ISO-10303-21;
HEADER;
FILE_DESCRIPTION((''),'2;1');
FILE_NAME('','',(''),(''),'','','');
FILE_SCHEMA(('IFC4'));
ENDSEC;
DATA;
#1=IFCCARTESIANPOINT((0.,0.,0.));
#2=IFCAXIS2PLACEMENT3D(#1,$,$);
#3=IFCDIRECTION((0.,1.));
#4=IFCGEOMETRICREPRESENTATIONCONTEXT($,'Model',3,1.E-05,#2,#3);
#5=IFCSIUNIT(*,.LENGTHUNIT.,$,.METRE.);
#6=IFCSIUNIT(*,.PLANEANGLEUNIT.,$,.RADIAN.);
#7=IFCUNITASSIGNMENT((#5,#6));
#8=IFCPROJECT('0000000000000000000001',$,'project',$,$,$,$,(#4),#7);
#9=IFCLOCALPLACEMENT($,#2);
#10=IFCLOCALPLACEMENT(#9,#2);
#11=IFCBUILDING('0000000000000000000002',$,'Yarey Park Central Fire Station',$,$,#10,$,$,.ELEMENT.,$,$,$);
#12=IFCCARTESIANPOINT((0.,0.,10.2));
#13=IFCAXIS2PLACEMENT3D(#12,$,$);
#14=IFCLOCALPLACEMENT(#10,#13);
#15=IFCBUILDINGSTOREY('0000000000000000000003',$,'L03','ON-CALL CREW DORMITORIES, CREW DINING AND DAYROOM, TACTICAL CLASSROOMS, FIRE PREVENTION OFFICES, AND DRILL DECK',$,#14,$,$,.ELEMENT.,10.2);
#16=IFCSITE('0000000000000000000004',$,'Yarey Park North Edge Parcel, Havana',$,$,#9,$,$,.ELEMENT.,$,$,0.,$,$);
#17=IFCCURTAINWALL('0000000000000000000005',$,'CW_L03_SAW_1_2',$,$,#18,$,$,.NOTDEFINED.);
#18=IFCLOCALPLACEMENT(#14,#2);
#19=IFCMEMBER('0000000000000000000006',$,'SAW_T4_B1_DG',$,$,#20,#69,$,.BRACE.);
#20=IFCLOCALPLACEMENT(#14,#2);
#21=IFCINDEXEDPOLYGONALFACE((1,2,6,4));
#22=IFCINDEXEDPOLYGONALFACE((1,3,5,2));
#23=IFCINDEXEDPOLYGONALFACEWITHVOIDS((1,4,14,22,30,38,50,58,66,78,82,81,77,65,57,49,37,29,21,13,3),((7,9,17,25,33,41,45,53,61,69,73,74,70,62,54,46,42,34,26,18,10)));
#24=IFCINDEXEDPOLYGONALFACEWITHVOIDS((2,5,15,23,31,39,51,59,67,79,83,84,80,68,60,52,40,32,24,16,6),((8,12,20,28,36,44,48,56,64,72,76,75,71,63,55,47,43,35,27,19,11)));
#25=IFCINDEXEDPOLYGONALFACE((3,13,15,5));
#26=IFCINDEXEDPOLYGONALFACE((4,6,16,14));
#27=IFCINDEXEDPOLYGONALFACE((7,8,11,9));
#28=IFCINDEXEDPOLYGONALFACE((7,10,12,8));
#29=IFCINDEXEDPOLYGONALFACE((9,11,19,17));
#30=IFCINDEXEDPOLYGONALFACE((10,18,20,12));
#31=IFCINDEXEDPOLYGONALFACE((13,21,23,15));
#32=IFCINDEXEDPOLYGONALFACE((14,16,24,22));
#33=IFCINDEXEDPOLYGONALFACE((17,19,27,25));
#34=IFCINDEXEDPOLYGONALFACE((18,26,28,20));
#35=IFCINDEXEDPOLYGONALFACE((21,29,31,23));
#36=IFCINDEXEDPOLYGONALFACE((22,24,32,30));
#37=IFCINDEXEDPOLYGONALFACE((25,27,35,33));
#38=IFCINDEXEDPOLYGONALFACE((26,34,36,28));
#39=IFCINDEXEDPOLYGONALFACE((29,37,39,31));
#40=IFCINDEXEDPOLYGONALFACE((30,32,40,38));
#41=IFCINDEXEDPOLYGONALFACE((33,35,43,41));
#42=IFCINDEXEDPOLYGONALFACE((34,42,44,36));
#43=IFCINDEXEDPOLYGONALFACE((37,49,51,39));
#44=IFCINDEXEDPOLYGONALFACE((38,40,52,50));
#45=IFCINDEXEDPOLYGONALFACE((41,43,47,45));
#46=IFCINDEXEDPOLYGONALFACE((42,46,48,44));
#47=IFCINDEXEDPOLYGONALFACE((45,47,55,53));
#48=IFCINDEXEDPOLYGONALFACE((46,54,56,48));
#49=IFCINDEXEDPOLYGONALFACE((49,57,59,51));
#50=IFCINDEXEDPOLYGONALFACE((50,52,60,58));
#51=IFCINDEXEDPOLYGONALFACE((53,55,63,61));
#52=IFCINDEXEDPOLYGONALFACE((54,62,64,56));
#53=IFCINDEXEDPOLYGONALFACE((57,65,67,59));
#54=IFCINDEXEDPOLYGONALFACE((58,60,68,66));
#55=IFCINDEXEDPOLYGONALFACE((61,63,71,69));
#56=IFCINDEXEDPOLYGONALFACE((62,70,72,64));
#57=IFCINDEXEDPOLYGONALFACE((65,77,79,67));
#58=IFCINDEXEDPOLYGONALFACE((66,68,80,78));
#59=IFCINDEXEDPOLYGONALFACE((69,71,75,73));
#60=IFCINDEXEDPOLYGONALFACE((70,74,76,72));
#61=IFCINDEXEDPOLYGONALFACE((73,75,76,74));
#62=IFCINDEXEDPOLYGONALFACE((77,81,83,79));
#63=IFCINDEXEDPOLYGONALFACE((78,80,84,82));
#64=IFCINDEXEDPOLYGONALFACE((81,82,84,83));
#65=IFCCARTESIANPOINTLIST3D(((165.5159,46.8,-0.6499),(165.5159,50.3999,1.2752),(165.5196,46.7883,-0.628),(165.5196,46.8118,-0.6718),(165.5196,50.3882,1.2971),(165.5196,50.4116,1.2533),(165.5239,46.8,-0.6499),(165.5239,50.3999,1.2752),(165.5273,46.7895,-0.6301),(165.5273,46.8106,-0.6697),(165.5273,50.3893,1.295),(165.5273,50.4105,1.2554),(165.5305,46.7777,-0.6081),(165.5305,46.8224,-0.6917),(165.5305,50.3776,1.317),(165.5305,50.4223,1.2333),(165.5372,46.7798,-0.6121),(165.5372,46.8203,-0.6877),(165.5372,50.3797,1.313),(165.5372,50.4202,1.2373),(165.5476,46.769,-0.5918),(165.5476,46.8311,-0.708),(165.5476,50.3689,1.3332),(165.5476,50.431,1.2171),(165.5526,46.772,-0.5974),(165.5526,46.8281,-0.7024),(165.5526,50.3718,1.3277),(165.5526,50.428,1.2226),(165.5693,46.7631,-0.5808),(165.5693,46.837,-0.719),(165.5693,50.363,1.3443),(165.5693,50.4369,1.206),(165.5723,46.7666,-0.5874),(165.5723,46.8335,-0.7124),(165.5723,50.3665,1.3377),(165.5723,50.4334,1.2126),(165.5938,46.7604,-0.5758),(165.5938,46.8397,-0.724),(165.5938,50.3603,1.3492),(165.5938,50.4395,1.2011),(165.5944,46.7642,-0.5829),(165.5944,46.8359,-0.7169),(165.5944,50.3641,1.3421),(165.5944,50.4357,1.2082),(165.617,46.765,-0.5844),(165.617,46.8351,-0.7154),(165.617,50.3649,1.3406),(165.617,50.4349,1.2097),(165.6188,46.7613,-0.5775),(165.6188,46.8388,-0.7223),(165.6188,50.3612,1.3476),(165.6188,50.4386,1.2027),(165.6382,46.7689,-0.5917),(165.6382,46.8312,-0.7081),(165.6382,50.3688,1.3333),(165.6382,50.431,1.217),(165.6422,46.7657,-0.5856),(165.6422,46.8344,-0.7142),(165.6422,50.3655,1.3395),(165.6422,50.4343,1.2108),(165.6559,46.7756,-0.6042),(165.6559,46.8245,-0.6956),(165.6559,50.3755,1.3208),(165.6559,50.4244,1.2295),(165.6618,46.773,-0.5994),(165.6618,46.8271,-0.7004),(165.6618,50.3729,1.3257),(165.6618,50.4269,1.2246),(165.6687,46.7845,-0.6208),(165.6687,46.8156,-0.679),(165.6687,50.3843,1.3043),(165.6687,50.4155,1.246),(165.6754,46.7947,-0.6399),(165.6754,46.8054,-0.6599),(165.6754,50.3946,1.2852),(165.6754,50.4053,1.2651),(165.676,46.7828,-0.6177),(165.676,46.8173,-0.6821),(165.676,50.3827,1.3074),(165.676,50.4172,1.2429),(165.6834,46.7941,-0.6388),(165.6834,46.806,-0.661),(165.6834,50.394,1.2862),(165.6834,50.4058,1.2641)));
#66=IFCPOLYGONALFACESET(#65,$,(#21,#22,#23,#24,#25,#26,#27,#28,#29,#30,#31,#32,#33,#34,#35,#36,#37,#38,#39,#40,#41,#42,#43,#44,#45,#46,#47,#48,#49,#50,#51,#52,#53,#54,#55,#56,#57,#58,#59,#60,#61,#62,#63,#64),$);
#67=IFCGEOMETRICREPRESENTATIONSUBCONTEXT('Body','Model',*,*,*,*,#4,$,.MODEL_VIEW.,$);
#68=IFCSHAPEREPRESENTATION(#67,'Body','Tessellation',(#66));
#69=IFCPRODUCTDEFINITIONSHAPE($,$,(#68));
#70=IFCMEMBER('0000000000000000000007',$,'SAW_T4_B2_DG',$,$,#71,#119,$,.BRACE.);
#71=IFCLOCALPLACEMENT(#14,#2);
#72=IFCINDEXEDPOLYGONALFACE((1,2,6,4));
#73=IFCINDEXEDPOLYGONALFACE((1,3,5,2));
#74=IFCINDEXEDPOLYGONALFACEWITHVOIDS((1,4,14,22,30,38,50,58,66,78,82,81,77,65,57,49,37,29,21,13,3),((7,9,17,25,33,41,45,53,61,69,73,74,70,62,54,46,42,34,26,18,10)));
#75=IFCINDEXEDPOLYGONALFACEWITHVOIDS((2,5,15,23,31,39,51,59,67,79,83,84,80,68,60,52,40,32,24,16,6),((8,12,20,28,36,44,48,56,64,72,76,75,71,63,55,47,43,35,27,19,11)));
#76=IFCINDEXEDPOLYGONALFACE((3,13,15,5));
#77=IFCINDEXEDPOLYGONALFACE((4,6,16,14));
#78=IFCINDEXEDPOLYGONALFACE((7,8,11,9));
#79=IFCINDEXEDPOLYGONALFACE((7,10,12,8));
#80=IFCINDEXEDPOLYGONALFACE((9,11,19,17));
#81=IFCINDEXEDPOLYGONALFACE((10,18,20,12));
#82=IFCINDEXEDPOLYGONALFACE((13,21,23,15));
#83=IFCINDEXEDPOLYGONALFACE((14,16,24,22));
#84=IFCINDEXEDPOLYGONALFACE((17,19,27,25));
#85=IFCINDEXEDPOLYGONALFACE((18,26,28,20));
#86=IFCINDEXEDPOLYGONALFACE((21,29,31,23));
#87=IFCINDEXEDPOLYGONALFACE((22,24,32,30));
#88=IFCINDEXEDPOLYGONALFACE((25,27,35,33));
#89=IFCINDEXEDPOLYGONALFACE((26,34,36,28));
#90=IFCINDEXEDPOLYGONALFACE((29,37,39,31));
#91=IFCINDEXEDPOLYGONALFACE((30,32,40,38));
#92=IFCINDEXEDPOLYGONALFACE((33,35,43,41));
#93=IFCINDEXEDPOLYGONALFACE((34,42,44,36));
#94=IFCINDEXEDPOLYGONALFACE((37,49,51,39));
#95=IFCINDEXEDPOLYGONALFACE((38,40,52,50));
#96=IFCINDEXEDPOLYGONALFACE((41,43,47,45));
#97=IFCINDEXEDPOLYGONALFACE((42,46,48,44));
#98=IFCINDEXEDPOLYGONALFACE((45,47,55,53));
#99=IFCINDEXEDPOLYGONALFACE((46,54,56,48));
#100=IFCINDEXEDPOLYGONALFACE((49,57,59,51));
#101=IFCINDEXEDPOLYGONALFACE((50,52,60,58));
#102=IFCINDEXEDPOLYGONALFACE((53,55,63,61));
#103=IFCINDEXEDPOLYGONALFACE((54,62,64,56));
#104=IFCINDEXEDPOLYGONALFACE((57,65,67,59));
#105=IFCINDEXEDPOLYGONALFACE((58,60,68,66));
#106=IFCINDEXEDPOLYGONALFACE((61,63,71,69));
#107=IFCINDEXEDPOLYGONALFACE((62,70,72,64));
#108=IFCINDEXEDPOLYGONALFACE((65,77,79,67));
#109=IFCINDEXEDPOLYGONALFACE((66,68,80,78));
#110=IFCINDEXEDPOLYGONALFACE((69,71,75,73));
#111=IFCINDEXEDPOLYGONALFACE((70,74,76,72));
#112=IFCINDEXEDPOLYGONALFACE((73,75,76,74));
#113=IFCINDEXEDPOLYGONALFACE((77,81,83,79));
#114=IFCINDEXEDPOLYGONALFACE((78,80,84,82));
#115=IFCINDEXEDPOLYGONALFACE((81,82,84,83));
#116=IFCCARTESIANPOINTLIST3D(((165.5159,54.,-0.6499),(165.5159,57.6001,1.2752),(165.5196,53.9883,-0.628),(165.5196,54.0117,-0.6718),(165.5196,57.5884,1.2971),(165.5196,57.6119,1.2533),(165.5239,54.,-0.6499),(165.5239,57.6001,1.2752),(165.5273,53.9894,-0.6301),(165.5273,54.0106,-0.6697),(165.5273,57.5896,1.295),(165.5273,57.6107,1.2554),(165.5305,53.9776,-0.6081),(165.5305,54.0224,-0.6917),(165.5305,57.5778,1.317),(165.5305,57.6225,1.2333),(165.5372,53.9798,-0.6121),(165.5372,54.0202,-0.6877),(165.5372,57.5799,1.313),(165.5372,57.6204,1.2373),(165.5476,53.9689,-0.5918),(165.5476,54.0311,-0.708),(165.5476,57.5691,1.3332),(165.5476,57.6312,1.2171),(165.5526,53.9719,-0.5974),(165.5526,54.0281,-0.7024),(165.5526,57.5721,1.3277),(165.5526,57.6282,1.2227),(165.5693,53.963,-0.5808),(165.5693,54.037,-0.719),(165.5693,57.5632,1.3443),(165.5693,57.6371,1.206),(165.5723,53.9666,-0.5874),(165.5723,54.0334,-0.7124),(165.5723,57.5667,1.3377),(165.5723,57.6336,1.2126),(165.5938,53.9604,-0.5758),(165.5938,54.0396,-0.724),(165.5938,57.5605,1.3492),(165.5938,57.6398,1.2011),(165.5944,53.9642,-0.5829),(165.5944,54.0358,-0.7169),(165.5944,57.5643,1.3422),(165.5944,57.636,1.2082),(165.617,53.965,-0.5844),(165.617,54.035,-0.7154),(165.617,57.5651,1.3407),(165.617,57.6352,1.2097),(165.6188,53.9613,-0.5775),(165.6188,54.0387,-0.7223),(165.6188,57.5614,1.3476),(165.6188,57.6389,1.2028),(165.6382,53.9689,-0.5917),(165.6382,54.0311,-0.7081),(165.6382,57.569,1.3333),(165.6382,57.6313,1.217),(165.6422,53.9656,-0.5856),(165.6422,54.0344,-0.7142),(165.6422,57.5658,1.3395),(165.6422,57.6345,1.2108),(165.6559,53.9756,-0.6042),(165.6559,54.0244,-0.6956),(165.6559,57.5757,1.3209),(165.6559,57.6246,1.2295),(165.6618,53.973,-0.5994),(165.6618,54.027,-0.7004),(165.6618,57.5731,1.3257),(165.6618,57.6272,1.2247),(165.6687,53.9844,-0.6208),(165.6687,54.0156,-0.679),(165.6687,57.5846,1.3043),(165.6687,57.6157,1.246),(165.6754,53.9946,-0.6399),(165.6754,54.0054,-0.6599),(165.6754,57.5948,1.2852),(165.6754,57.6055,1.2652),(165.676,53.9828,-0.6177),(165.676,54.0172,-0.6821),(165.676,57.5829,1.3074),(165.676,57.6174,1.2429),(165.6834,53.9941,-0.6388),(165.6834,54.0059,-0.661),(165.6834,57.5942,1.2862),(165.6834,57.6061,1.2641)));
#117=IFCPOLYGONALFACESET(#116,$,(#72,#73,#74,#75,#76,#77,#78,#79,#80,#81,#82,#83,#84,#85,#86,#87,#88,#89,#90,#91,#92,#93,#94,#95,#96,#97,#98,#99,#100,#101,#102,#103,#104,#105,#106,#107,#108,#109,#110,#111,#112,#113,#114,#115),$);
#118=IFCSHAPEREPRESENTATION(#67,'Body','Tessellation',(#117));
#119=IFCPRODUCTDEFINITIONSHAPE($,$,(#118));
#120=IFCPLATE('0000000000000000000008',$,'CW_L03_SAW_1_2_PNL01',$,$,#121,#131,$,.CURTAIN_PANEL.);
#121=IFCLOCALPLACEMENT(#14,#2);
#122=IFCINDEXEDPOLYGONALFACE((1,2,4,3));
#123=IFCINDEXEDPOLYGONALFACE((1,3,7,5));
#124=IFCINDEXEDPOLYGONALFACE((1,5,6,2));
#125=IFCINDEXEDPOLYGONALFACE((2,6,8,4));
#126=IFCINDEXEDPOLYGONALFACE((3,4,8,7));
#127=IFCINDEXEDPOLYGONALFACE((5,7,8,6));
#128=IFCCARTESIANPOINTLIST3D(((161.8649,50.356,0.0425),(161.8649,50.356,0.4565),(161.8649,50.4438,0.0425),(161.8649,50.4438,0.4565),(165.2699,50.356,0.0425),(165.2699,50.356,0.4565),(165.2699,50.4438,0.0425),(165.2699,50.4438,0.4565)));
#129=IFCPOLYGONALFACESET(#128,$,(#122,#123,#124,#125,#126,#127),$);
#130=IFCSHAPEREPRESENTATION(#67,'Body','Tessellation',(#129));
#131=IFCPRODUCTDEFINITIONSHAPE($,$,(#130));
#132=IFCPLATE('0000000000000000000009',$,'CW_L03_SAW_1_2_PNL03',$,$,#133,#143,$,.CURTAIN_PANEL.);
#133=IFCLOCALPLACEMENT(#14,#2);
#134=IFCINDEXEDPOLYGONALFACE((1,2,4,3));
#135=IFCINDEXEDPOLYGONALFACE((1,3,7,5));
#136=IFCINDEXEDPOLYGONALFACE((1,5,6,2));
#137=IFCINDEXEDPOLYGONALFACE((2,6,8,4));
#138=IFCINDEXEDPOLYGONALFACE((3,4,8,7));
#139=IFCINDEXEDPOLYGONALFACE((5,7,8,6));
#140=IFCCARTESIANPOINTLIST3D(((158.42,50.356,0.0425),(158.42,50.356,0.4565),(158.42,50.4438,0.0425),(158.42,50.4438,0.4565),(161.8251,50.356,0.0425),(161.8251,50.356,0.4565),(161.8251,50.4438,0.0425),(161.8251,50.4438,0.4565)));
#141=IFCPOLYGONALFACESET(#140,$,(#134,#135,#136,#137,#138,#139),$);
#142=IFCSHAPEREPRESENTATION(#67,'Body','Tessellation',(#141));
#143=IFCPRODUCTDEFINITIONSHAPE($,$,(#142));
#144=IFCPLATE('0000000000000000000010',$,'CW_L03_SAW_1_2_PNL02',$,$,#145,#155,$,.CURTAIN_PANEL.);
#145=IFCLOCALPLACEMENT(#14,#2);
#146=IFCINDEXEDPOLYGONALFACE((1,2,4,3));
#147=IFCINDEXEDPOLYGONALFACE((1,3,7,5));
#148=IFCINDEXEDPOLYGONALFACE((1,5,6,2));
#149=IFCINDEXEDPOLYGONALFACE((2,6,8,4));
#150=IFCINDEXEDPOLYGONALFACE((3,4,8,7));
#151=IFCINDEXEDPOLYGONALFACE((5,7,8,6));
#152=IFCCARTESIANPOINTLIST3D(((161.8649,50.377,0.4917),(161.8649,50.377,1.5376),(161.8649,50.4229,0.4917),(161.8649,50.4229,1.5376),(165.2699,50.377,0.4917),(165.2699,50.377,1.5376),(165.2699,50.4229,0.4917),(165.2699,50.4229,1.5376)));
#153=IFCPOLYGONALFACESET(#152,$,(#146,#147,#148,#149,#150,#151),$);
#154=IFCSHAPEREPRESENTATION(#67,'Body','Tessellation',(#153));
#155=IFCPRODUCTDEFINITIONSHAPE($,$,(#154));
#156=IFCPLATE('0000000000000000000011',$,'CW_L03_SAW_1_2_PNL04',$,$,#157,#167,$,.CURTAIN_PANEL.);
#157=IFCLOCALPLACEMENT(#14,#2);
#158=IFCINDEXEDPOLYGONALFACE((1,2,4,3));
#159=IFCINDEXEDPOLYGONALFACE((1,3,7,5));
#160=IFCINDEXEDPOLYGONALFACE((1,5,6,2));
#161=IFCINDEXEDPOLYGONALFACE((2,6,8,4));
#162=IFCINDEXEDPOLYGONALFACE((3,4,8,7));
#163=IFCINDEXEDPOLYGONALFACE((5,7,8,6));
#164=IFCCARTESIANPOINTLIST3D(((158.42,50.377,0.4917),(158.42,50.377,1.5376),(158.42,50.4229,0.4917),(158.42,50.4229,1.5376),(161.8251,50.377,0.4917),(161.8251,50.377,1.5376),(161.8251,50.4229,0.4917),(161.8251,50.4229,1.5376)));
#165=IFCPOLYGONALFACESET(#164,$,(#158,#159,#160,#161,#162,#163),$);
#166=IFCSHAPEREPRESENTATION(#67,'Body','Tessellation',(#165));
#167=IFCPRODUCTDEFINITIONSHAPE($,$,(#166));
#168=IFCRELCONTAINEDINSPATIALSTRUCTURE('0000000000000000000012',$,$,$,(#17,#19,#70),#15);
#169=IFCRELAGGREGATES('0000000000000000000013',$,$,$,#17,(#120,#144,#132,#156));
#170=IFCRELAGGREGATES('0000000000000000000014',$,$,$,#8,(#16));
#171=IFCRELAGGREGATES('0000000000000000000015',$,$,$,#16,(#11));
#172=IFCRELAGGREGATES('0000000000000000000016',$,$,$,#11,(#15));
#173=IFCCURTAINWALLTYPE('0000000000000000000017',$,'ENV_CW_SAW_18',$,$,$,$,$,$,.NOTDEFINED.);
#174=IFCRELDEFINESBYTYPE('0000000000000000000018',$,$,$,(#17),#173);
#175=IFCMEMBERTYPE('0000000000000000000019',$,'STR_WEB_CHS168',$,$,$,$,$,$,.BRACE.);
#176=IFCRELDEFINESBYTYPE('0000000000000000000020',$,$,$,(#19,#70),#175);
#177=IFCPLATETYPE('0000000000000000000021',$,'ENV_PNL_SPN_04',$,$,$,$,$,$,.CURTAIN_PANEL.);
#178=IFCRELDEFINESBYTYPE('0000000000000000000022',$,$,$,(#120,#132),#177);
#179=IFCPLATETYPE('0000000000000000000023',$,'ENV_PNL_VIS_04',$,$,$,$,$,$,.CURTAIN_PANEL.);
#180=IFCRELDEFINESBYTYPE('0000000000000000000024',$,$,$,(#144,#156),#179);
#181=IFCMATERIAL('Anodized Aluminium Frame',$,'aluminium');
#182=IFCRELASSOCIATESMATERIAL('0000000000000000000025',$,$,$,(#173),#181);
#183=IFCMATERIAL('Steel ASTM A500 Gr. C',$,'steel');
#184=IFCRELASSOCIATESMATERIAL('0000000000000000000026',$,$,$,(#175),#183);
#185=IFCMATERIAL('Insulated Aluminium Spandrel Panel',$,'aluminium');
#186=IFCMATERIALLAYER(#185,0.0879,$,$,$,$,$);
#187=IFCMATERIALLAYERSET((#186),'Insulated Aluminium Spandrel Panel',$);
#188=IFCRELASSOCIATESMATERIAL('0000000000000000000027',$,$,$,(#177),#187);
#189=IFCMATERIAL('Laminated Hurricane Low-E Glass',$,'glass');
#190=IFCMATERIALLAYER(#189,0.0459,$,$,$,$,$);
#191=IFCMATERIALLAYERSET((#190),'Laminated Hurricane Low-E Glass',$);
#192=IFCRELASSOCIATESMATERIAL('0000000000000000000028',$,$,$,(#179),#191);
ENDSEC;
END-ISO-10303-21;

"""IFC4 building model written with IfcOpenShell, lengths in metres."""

from ifc_helpers import new_model, si_unit, direction, frame, origin, origin_2d, place, context, subcontext, project, spatial, rectangle, hollow_circle, extrude, material, layer, layer_set, material_profile, profile_set, type_object, element, aggregate, save


model = new_model("IFC4")

# Units and contexts
model_context = context("Model", 3, precision=1e-05, world=origin(), true_north=direction((0.0, 1.0)))
body_context = subcontext(model_context, "Body", "Model", "MODEL_VIEW")
ifc_project = project(units=[si_unit("LENGTHUNIT", "METRE"), si_unit("PLANEANGLEUNIT", "RADIAN")], contexts=[model_context])

# Site, building, storey
site_placement = place(None, origin())
site = spatial("IfcSite", under=ifc_project, at=site_placement, Name="Yarey Park North Edge Parcel, Havana", CompositionType="ELEMENT", RefElevation=0.0)
building_placement = place(site_placement, origin())
building = spatial("IfcBuilding", under=site, at=building_placement, Name="Yarey Park Central Fire Station", CompositionType="ELEMENT")
storey_placement = place(building_placement, frame((0.0, 0.0, 10.2)))
storey = spatial("IfcBuildingStorey", under=building, at=storey_placement, Name="L03", Description="ON-CALL CREW DORMITORIES, CREW DINING AND DAYROOM, TACTICAL CLASSROOMS, FIRE PREVENTION OFFICES, AND DRILL DECK", CompositionType="ELEMENT", Elevation=10.2)

# Curtain wall
ifc_material_1 = material(Name="Anodized Aluminium Frame", Category="aluminium")
curtain_wall_type = type_object("IfcCurtainWallType", Name="ENV_CW_SAW_18", PredefinedType="NOTDEFINED", material=ifc_material_1)
curtain_wall_placement = place(storey_placement, origin())
curtain_wall = element("IfcCurtainWall", 1, at=curtain_wall_placement, inside=storey, type_object=curtain_wall_type, Name="CW_L03_SAW_1_2", PredefinedType="NOTDEFINED")

# Shared definitions
ifc_material_2 = material(Name="Steel ASTM A500 Gr. C", Category="steel")

# Members
ifc_material_profile_1 = material_profile(ifc_material_2, hollow_circle(Radius=0.0842, WallThickness=0.0081, at=origin_2d()), Name="CHS 168.3x8")
ifc_profile_set_1 = profile_set([ifc_material_profile_1], Name="Steel ASTM A500 Gr. C")
member_type_1 = type_object("IfcMemberType", Name="STR_WEB_CHS168", PredefinedType="BRACE", material=ifc_profile_set_1)
member_1_placement = place(storey_placement, frame((165.6001, 46.8, -0.6499), z_axis=(0.0, 0.881831, 0.471566), x_axis=(-1.0, 0.0, 0.0)))
element("IfcMember", 2, at=member_1_placement, inside=storey, type_object=member_type_1, Name="SAW_T4_B1_DG", PredefinedType="BRACE", context=body_context, shape_type="SweptSolid", body=[
    extrude(hollow_circle(Radius=0.0842, WallThickness=0.0081, at=origin_2d()), origin(), (0.0, 0.0, 1.0), 4.0823),
])
member_2_placement = place(storey_placement, frame((165.6001, 54.0, -0.6499), z_axis=(0.0, 0.881844, 0.471541), x_axis=(-1.0, 0.0, 0.0)))
element("IfcMember", 3, at=member_2_placement, inside=storey, type_object=member_type_1, Name="SAW_T4_B2_DG", PredefinedType="BRACE", context=body_context, shape_type="SweptSolid", body=[
    extrude(hollow_circle(Radius=0.0842, WallThickness=0.0081, at=origin_2d()), origin(), (0.0, 0.0, 1.0), 4.0825),
])

# Plates
ifc_material_3 = material(Name="Insulated Aluminium Spandrel Panel", Category="aluminium")
ifc_layer_1 = layer(ifc_material_3, 0.0879)
ifc_layer_set_1 = layer_set([ifc_layer_1], Name="Insulated Aluminium Spandrel Panel")
plate_type_1 = type_object("IfcPlateType", Name="ENV_PNL_SPN_04", PredefinedType="CURTAIN_PANEL", material=ifc_layer_set_1)
plate_1_placement = place(storey_placement, frame((163.5674, 50.3999, 0.0425), z_axis=(0.0, 0.0, 1.0), x_axis=(-1.0, 0.0, 0.0)))
plate_1 = element("IfcPlate", 4, at=plate_1_placement, type_object=plate_type_1, Name="CW_L03_SAW_1_2_PNL01", PredefinedType="CURTAIN_PANEL", context=body_context, shape_type="SweptSolid", body=[
    extrude(rectangle(XDim=3.405, YDim=0.0879, at=origin_2d()), origin(), (0.0, 0.0, 1.0), 0.4141),
])
plate_2_placement = place(storey_placement, frame((160.1226, 50.3999, 0.0425), z_axis=(0.0, 0.0, 1.0), x_axis=(-1.0, 0.0, 0.0)))
plate_2 = element("IfcPlate", 5, at=plate_2_placement, type_object=plate_type_1, Name="CW_L03_SAW_1_2_PNL03", PredefinedType="CURTAIN_PANEL", context=body_context, shape_type="SweptSolid", body=[
    extrude(rectangle(XDim=3.405, YDim=0.0879, at=origin_2d()), origin(), (0.0, 0.0, 1.0), 0.4141),
])
ifc_material_4 = material(Name="Laminated Hurricane Low-E Glass", Category="glass")
ifc_layer_2 = layer(ifc_material_4, 0.0459)
ifc_layer_set_2 = layer_set([ifc_layer_2], Name="Laminated Hurricane Low-E Glass")
plate_type_2 = type_object("IfcPlateType", Name="ENV_PNL_VIS_04", PredefinedType="CURTAIN_PANEL", material=ifc_layer_set_2)
plate_3_placement = place(storey_placement, frame((163.5674, 50.3999, 0.4917), z_axis=(0.0, 0.0, 1.0), x_axis=(-1.0, 0.0, 0.0)))
plate_3 = element("IfcPlate", 6, at=plate_3_placement, type_object=plate_type_2, Name="CW_L03_SAW_1_2_PNL02", PredefinedType="CURTAIN_PANEL", context=body_context, shape_type="SweptSolid", body=[
    extrude(rectangle(XDim=3.405, YDim=0.0459, at=origin_2d()), origin(), (0.0, 0.0, 1.0), 1.0459),
])
plate_4_placement = place(storey_placement, frame((160.1226, 50.3999, 0.4917), z_axis=(0.0, 0.0, 1.0), x_axis=(-1.0, 0.0, 0.0)))
plate_4 = element("IfcPlate", 7, at=plate_4_placement, type_object=plate_type_2, Name="CW_L03_SAW_1_2_PNL04", PredefinedType="CURTAIN_PANEL", context=body_context, shape_type="SweptSolid", body=[
    extrude(rectangle(XDim=3.405, YDim=0.0459, at=origin_2d()), origin(), (0.0, 0.0, 1.0), 1.0459),
])
aggregate(curtain_wall, [plate_1, plate_3, plate_2, plate_4])

save(model, "model.ifc")
